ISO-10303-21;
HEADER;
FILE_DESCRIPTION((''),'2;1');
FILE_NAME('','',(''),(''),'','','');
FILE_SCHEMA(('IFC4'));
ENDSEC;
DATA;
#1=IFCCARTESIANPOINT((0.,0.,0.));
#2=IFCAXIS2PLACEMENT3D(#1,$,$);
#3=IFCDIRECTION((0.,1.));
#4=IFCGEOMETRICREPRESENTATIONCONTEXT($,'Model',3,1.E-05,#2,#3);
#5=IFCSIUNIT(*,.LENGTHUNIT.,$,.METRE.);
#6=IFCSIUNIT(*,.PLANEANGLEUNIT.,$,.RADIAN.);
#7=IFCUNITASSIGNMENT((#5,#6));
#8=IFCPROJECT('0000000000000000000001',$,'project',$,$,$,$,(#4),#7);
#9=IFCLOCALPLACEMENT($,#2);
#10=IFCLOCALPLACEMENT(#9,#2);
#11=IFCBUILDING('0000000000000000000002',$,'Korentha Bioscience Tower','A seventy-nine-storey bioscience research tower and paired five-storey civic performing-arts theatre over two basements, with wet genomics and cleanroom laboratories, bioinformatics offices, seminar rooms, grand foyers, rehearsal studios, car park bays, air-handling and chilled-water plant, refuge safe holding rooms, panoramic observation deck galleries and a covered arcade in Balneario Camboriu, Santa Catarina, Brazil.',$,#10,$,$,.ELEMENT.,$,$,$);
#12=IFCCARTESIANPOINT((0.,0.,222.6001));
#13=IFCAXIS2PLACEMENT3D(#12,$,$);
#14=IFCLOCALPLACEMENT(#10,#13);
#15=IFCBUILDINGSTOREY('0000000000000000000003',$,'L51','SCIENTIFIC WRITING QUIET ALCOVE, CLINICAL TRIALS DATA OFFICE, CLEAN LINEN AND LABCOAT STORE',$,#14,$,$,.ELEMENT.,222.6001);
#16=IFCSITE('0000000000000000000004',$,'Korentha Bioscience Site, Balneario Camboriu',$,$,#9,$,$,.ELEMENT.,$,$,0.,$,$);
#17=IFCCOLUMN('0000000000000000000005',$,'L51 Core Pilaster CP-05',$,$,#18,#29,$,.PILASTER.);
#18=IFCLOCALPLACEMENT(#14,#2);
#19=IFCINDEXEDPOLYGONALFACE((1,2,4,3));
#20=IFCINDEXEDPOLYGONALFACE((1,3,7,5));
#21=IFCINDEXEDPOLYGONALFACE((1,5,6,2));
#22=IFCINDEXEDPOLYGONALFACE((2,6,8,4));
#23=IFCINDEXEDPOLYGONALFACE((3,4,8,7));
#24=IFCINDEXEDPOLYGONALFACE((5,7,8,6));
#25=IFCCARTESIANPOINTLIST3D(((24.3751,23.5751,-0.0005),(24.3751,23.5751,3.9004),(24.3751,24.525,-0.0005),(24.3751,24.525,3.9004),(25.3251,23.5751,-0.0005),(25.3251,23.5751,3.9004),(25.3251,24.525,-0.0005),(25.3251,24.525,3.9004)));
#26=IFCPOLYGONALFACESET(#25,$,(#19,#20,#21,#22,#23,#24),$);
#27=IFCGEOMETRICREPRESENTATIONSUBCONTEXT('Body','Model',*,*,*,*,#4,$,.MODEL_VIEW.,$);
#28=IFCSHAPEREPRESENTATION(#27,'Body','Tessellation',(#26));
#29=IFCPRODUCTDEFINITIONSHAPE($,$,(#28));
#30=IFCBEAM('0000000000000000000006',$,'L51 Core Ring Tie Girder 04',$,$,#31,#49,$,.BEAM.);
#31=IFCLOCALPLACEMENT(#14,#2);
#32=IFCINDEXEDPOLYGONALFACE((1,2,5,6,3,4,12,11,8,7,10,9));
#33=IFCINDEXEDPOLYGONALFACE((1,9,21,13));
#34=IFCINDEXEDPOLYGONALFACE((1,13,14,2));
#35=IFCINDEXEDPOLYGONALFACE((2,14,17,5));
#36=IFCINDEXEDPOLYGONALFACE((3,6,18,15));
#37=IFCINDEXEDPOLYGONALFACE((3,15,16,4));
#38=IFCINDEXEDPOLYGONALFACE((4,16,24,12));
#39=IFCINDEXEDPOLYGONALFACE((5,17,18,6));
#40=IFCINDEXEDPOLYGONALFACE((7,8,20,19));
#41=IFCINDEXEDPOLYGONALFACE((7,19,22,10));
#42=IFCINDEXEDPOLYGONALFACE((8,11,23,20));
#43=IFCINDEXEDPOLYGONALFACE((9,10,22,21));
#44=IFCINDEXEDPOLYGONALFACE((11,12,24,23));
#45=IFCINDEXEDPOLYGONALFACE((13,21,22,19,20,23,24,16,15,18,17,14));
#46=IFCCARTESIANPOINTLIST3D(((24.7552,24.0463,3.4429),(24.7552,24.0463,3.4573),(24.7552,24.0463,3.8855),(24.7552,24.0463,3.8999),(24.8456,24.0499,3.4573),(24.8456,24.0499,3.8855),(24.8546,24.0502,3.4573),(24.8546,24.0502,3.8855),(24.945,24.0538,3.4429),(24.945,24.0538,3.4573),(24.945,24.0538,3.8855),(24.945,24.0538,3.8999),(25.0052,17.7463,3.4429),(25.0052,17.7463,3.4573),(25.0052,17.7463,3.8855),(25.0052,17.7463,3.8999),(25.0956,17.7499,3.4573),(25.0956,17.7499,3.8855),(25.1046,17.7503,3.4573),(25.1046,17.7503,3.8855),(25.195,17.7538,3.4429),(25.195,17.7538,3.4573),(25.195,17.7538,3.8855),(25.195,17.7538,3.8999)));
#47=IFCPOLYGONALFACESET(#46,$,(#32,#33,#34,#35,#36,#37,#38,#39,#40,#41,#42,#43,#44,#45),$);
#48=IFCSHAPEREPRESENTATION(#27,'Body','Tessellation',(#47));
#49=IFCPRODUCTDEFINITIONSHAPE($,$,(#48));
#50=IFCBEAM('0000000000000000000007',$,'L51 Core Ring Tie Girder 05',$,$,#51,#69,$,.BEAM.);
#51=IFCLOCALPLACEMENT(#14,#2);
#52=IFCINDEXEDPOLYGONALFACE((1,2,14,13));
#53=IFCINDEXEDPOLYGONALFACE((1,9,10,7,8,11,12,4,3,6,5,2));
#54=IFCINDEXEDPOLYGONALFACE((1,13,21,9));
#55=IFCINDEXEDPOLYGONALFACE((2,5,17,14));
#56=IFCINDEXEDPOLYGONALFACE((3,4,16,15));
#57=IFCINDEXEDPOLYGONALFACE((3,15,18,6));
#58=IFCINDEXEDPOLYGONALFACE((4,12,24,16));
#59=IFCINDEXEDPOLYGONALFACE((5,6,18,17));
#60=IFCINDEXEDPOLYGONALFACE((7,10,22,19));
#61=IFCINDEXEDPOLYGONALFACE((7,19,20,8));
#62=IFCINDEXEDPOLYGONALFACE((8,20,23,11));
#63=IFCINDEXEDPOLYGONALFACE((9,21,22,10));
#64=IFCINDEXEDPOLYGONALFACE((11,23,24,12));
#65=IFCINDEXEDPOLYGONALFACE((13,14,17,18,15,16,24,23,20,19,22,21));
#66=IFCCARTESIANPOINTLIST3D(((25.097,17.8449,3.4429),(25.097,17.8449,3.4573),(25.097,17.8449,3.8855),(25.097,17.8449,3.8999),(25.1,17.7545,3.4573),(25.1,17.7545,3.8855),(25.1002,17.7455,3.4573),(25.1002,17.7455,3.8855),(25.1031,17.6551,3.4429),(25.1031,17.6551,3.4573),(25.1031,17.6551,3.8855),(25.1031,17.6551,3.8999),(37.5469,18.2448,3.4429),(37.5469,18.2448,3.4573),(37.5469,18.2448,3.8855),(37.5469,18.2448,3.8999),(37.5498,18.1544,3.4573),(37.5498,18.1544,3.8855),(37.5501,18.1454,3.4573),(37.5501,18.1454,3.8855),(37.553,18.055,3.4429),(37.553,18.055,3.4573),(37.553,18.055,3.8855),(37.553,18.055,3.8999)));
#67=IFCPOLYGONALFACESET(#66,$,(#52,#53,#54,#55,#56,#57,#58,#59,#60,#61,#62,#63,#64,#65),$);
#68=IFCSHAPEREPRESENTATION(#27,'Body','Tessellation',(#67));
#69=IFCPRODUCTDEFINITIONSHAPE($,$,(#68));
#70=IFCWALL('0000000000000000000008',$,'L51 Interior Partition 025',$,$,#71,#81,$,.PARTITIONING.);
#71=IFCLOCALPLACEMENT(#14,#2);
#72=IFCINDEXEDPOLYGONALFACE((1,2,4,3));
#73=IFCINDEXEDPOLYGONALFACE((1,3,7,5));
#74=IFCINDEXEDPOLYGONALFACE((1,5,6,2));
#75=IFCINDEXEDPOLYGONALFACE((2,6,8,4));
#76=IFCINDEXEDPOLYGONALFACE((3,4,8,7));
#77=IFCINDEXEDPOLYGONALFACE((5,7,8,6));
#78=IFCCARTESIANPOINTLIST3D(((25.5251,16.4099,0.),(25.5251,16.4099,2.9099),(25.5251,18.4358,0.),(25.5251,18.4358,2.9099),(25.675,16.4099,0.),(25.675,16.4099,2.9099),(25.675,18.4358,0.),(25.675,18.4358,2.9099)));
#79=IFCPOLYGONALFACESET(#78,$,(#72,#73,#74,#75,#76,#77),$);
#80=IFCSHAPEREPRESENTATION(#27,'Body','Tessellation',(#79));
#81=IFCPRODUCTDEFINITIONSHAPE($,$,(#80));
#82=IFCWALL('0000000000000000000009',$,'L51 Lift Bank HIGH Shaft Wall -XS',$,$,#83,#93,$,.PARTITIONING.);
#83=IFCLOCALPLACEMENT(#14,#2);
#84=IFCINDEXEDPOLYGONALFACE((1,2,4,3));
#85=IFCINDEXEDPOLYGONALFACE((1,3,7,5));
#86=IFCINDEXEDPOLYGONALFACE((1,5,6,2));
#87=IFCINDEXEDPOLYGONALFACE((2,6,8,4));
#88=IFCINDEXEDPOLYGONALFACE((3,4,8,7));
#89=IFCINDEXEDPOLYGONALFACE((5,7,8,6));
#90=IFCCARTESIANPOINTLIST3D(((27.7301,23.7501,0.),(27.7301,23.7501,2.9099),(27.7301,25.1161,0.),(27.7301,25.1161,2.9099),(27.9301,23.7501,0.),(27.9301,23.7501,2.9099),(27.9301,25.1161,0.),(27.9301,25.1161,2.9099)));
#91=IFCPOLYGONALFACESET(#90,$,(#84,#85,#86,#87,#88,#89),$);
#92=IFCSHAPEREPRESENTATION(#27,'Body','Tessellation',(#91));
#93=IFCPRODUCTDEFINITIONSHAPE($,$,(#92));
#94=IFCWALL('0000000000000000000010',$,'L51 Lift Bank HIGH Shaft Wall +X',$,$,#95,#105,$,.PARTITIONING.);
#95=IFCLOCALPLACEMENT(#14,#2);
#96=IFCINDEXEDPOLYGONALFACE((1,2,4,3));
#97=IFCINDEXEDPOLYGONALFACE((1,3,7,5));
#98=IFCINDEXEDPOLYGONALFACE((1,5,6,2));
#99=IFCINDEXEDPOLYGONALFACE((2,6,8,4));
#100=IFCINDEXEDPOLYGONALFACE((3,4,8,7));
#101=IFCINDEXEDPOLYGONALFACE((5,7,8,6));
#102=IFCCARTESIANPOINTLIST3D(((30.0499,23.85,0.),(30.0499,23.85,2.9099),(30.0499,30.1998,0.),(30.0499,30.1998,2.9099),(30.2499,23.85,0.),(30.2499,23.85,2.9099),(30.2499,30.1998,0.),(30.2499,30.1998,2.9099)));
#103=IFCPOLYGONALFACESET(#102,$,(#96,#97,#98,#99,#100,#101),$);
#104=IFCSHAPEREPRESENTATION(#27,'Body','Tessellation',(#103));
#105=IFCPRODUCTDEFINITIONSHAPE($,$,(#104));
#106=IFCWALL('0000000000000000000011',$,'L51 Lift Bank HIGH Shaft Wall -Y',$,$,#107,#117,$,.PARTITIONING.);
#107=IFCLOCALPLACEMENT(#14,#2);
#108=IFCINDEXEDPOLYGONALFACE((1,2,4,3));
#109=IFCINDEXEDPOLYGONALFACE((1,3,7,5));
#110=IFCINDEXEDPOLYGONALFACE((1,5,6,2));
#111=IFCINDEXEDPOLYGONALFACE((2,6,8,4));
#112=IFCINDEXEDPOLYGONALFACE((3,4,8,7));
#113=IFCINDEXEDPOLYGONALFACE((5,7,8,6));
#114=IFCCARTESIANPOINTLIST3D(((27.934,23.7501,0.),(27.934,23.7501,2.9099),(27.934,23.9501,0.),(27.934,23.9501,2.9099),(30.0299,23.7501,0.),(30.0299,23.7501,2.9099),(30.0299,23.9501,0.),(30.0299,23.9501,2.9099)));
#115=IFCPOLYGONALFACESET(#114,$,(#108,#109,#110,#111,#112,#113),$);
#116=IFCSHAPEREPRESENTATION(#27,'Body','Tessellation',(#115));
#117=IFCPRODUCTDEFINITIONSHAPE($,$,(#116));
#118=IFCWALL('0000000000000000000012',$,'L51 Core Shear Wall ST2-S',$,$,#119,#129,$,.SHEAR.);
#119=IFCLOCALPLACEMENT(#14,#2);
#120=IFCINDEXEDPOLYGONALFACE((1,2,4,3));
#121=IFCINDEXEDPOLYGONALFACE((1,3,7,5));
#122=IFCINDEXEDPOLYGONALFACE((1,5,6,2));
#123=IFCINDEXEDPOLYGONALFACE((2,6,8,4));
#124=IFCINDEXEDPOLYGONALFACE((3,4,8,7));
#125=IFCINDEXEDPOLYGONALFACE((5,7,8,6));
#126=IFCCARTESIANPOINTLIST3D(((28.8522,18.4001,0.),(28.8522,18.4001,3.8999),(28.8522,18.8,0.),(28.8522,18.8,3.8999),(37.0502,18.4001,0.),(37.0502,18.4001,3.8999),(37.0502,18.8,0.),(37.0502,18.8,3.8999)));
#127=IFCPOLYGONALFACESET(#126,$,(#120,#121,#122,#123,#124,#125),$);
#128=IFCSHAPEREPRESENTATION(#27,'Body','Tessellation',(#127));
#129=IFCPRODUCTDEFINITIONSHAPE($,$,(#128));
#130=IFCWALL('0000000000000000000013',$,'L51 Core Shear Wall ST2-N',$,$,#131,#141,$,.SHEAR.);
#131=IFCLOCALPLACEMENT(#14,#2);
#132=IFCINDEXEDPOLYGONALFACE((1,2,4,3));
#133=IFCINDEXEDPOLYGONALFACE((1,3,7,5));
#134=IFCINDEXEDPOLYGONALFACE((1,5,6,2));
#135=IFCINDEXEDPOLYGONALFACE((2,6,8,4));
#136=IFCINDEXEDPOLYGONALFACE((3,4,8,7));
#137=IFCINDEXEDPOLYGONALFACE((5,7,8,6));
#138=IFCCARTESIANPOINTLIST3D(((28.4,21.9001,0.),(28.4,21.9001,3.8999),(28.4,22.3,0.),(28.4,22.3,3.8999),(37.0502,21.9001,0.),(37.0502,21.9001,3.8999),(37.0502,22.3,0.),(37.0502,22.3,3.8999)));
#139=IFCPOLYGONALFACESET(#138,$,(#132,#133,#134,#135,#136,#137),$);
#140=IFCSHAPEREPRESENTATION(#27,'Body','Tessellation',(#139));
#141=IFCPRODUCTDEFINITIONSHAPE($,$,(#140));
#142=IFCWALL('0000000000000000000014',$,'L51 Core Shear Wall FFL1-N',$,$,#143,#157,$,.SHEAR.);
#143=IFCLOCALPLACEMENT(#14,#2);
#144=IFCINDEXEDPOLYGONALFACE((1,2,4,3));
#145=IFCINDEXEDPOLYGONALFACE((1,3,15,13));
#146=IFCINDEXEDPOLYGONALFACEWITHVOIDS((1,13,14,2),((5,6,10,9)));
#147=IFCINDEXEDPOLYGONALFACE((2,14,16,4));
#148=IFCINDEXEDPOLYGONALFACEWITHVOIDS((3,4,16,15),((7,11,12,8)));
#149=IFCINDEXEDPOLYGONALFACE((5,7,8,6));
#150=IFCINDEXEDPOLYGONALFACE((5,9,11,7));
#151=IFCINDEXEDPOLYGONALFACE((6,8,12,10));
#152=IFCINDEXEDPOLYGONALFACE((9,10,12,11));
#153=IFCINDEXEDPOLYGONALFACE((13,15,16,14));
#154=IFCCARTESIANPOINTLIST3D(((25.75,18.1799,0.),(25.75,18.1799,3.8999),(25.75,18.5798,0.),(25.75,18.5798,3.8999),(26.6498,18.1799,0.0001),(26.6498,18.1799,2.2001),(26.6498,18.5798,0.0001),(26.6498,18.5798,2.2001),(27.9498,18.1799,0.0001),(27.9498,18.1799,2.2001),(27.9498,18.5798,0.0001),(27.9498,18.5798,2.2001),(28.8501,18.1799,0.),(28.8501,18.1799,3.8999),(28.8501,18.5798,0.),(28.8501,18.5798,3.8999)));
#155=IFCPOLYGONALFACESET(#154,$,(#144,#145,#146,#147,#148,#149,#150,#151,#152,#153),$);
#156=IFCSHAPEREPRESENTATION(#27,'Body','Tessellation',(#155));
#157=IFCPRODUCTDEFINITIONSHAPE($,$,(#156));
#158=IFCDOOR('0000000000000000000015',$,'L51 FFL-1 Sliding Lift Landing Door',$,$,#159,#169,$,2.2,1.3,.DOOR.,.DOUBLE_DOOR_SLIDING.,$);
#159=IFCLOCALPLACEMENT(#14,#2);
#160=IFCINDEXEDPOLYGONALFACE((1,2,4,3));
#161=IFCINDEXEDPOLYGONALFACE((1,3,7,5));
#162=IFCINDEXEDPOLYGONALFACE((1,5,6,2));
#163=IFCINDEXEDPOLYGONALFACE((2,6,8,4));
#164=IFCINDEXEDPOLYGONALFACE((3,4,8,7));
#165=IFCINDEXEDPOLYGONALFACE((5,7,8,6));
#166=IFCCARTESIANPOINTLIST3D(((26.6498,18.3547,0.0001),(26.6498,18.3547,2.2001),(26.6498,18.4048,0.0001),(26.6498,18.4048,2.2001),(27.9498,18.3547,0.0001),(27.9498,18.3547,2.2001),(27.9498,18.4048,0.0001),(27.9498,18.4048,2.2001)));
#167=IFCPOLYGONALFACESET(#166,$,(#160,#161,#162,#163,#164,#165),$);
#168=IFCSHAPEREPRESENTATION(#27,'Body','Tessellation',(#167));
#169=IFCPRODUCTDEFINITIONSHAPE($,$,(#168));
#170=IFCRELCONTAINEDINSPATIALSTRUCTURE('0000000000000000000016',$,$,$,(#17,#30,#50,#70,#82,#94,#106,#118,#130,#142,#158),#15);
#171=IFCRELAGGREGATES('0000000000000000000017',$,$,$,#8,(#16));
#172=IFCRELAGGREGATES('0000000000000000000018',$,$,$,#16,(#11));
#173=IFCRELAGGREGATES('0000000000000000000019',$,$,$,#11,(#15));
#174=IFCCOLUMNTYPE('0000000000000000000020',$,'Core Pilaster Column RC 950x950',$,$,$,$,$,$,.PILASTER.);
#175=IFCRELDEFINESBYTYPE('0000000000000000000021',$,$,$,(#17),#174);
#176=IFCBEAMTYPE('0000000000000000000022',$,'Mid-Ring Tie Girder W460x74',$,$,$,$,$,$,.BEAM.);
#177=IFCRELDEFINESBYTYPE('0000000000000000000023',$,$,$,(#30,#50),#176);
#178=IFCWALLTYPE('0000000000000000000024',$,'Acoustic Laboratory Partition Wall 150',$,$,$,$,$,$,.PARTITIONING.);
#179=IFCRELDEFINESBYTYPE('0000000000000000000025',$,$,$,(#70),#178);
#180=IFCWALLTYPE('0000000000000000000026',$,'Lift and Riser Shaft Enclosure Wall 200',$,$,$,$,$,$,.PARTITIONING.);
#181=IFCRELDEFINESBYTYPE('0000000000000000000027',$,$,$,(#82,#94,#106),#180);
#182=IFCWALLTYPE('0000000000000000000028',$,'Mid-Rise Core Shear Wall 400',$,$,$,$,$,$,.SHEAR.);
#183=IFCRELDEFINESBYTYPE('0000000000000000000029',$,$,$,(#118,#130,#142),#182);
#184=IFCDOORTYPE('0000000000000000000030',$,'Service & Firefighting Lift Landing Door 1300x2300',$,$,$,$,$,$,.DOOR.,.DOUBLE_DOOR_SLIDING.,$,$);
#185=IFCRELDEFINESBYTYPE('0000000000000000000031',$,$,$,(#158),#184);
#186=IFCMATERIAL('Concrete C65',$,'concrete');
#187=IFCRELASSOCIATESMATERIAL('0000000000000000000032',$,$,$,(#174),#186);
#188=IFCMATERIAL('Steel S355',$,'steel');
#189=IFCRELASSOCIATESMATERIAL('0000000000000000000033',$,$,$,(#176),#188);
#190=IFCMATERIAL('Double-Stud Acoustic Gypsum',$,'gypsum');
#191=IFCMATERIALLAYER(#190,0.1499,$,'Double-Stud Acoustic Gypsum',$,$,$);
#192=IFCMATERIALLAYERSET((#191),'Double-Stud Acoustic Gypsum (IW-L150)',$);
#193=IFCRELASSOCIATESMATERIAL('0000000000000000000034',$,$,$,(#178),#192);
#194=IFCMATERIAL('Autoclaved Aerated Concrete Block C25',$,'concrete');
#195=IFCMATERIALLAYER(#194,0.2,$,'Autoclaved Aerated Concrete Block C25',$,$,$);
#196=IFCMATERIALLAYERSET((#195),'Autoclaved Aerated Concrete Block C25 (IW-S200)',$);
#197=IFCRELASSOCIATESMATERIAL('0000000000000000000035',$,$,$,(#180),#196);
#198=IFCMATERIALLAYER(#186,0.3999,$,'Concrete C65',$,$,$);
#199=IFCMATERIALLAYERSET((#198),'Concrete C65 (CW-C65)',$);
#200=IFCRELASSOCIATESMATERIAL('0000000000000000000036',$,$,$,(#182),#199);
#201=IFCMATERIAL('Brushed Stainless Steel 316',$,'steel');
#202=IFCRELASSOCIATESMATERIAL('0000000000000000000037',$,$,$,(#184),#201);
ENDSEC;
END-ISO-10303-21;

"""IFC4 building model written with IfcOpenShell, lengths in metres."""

from ifc_helpers import new_model, si_unit, direction, frame, frame_2d, origin, origin_2d, place, context, subcontext, project, spatial, rectangle, i_section, extrude, material, layer, layer_set, material_profile, profile_set, type_object, element, fill, save


model = new_model("IFC4")

# Units and contexts
model_context = context("Model", 3, precision=1e-05, world=origin(), true_north=direction((0.0, 1.0)))
body_context = subcontext(model_context, "Body", "Model", "MODEL_VIEW")
ifc_project = project(units=[si_unit("LENGTHUNIT", "METRE"), si_unit("PLANEANGLEUNIT", "RADIAN")], contexts=[model_context])

# Site, building, storey
site_placement = place(None, origin())
site = spatial("IfcSite", under=ifc_project, at=site_placement, Name="Korentha Bioscience Site, Balneario Camboriu", CompositionType="ELEMENT", RefElevation=0.0)
building_placement = place(site_placement, origin())
building = spatial("IfcBuilding", under=site, at=building_placement, Name="Korentha Bioscience Tower", Description="A seventy-nine-storey bioscience research tower and paired five-storey civic performing-arts theatre over two basements, with wet genomics and cleanroom laboratories, bioinformatics offices, seminar rooms, grand foyers, rehearsal studios, car park bays, air-handling and chilled-water plant, refuge safe holding rooms, panoramic observation deck galleries and a covered arcade in Balneario Camboriu, Santa Catarina, Brazil.", CompositionType="ELEMENT")
storey_placement = place(building_placement, frame((0.0, 0.0, 222.6001)))
storey = spatial("IfcBuildingStorey", under=building, at=storey_placement, Name="L51", Description="SCIENTIFIC WRITING QUIET ALCOVE, CLINICAL TRIALS DATA OFFICE, CLEAN LINEN AND LABCOAT STORE", CompositionType="ELEMENT", Elevation=222.6001)

# Column
ifc_material_1 = material(Name="Concrete C65", Category="concrete")
ifc_material_profile_1 = material_profile(ifc_material_1, rectangle(XDim=0.95, YDim=0.95, at=origin_2d()), Name="Concrete C65")
ifc_profile_set_1 = profile_set([ifc_material_profile_1], Name="Concrete C65 (COL-CP09)")
column_type = type_object("IfcColumnType", Name="Core Pilaster Column RC 950x950", PredefinedType="PILASTER", material=ifc_profile_set_1)
column_placement = place(storey_placement, frame((24.8501, 24.05, -0.0005), z_axis=(0.0, 0.0, 1.0), x_axis=(1.0, 0.0, 0.0)))
element("IfcColumn", 1, at=column_placement, inside=storey, type_object=column_type, Name="L51 Core Pilaster CP-05", PredefinedType="PILASTER", context=body_context, shape_type="SweptSolid", body=[
    extrude(rectangle(XDim=0.95, YDim=0.95, at=origin_2d()), origin(), (0.0, 0.0, 1.0), 3.9009),
])

# Beams
ifc_material_2 = material(Name="Steel S355", Category="steel")
ifc_material_profile_2 = material_profile(ifc_material_2, i_section(OverallWidth=0.1899, OverallDepth=0.457, WebThickness=0.009, FlangeThickness=0.0144, at=origin_2d()), Name="Steel S355")
ifc_profile_set_2 = profile_set([ifc_material_profile_2], Name="Steel S355 (MB-460)")
beam_type = type_object("IfcBeamType", Name="Mid-Ring Tie Girder W460x74", PredefinedType="BEAM", material=ifc_profile_set_2)
beam_1_placement = place(storey_placement, frame((24.8501, 24.05, 3.6714), z_axis=(0.039651, -0.999214, 0.0), x_axis=(0.999214, 0.039651, 0.0)))
element("IfcBeam", 2, at=beam_1_placement, inside=storey, type_object=beam_type, Name="L51 Core Ring Tie Girder 04", PredefinedType="BEAM", context=body_context, shape_type="SweptSolid", body=[
    extrude(i_section(OverallWidth=0.1899, OverallDepth=0.457, WebThickness=0.009, FlangeThickness=0.0144, at=origin_2d()), origin(), (0.0, 0.0, 1.0), 6.3049),
])
beam_2_placement = place(storey_placement, frame((25.1001, 17.75, 3.6714), z_axis=(0.999485, 0.032104, 0.0), x_axis=(-0.032104, 0.999485, 0.0)))
element("IfcBeam", 3, at=beam_2_placement, inside=storey, type_object=beam_type, Name="L51 Core Ring Tie Girder 05", PredefinedType="BEAM", context=body_context, shape_type="SweptSolid", body=[
    extrude(i_section(OverallWidth=0.1899, OverallDepth=0.457, WebThickness=0.009, FlangeThickness=0.0144, at=origin_2d()), origin(), (0.0, 0.0, 1.0), 12.4563),
])

# Walls
ifc_material_3 = material(Name="Double-Stud Acoustic Gypsum", Category="gypsum")
ifc_layer_1 = layer(ifc_material_3, 0.1499, Name="Double-Stud Acoustic Gypsum")
ifc_layer_set_1 = layer_set([ifc_layer_1], Name="Double-Stud Acoustic Gypsum (IW-L150)")
wall_type_1 = type_object("IfcWallType", Name="Acoustic Laboratory Partition Wall 150", PredefinedType="PARTITIONING", material=ifc_layer_set_1)
wall_1_placement = place(storey_placement, frame((25.6001, 18.4358, 0.0), z_axis=(0.0, 0.0, 1.0), x_axis=(0.0, -1.0, 0.0)))
element("IfcWall", 4, at=wall_1_placement, inside=storey, type_object=wall_type_1, Name="L51 Interior Partition 025", PredefinedType="PARTITIONING", context=body_context, shape_type="SweptSolid", body=[
    extrude(rectangle(XDim=2.0259, YDim=0.1499, at=frame_2d((1.0129, 0.0))), origin(), (0.0, 0.0, 1.0), 2.9099),
])
ifc_material_4 = material(Name="Autoclaved Aerated Concrete Block C25", Category="concrete")
ifc_layer_2 = layer(ifc_material_4, 0.2, Name="Autoclaved Aerated Concrete Block C25")
ifc_layer_set_2 = layer_set([ifc_layer_2], Name="Autoclaved Aerated Concrete Block C25 (IW-S200)")
wall_type_2 = type_object("IfcWallType", Name="Lift and Riser Shaft Enclosure Wall 200", PredefinedType="PARTITIONING", material=ifc_layer_set_2)
wall_2_placement = place(storey_placement, frame((27.8301, 23.75, 0.0), z_axis=(0.0, 0.0, 1.0), x_axis=(0.0, 1.0, 0.0)))
element("IfcWall", 5, at=wall_2_placement, inside=storey, type_object=wall_type_2, Name="L51 Lift Bank HIGH Shaft Wall -XS", PredefinedType="PARTITIONING", context=body_context, shape_type="SweptSolid", body=[
    extrude(rectangle(XDim=1.366, YDim=0.2, at=frame_2d((0.6831, 0.0))), origin(), (0.0, 0.0, 1.0), 2.9099),
])
wall_3_placement = place(storey_placement, frame((30.1499, 23.8501, 0.0), z_axis=(0.0, 0.0, 1.0), x_axis=(0.0, 1.0, 0.0)))
element("IfcWall", 6, at=wall_3_placement, inside=storey, type_object=wall_type_2, Name="L51 Lift Bank HIGH Shaft Wall +X", PredefinedType="PARTITIONING", context=body_context, shape_type="SweptSolid", body=[
    extrude(rectangle(XDim=6.3499, YDim=0.2, at=frame_2d((3.1748, 0.0))), origin(), (0.0, 0.0, 1.0), 2.9099),
])
wall_4_placement = place(storey_placement, frame((27.9341, 23.8501, 0.0), z_axis=(0.0, 0.0, 1.0), x_axis=(1.0, 0.0, 0.0)))
element("IfcWall", 7, at=wall_4_placement, inside=storey, type_object=wall_type_2, Name="L51 Lift Bank HIGH Shaft Wall -Y", PredefinedType="PARTITIONING", context=body_context, shape_type="SweptSolid", body=[
    extrude(rectangle(XDim=2.0959, YDim=0.2, at=frame_2d((1.0479, 0.0))), origin(), (0.0, 0.0, 1.0), 2.9099),
])
ifc_layer_3 = layer(ifc_material_1, 0.3999, Name="Concrete C65")
ifc_layer_set_3 = layer_set([ifc_layer_3], Name="Concrete C65 (CW-C65)")
wall_type_3 = type_object("IfcWallType", Name="Mid-Rise Core Shear Wall 400", PredefinedType="SHEAR", material=ifc_layer_set_3)
wall_5_placement = place(storey_placement, frame((28.8521, 18.6001, 0.0), z_axis=(0.0, 0.0, 1.0), x_axis=(1.0, 0.0, 0.0)))
element("IfcWall", 8, at=wall_5_placement, inside=storey, type_object=wall_type_3, Name="L51 Core Shear Wall ST2-S", PredefinedType="SHEAR", context=body_context, shape_type="SweptSolid", body=[
    extrude(rectangle(XDim=8.198, YDim=0.3999, at=frame_2d((4.0991, 0.0))), origin(), (0.0, 0.0, 1.0), 3.8999),
])
wall_6_placement = place(storey_placement, frame((28.3999, 22.1001, 0.0), z_axis=(0.0, 0.0, 1.0), x_axis=(1.0, 0.0, 0.0)))
element("IfcWall", 9, at=wall_6_placement, inside=storey, type_object=wall_type_3, Name="L51 Core Shear Wall ST2-N", PredefinedType="SHEAR", context=body_context, shape_type="SweptSolid", body=[
    extrude(rectangle(XDim=8.6501, YDim=0.3999, at=frame_2d((4.3252, 0.0))), origin(), (0.0, 0.0, 1.0), 3.8999),
])

# Wall, opening, door
wall_7_placement = place(storey_placement, frame((25.75, 18.3799, 0.0), z_axis=(0.0, 0.0, 1.0), x_axis=(1.0, 0.0, 0.0)))
wall_7 = element("IfcWall", 10, at=wall_7_placement, inside=storey, type_object=wall_type_3, Name="L51 Core Shear Wall FFL1-N", PredefinedType="SHEAR", context=body_context, shape_type="SweptSolid", body=[
    extrude(rectangle(XDim=3.1001, YDim=0.3999, at=frame_2d((1.55, 0.0))), origin(), (0.0, 0.0, 1.0), 3.8999),
])
opening_1_placement = place(wall_7_placement, frame((0.8999, 0.0, 0.0)))
opening_1 = element("IfcOpeningElement", 11, at=opening_1_placement, cuts=wall_7, PredefinedType="OPENING", context=body_context, shape_type="SweptSolid", body=[
    extrude(rectangle(XDim=1.3, YDim=2.2, at=frame_2d((0.6499, 1.1001))), frame((0.0, 0.2148, 0.0), z_axis=(0.0, -1.0, 0.0), x_axis=(1.0, 0.0, 0.0)), (0.0, 0.0, 1.0), 0.4297),
])
ifc_material_5 = material(Name="Brushed Stainless Steel 316", Category="steel")
door_type_1 = type_object("IfcDoorType", Name="Service & Firefighting Lift Landing Door 1300x2300", OperationType="DOUBLE_DOOR_SLIDING", PredefinedType="DOOR", material=ifc_material_5)
door_1_placement = place(opening_1_placement, origin())
door_1 = element("IfcDoor", 12, at=door_1_placement, inside=storey, type_object=door_type_1, Name="L51 FFL-1 Sliding Lift Landing Door", OperationType="DOUBLE_DOOR_SLIDING", OverallHeight=2.2, OverallWidth=1.3, PredefinedType="DOOR", context=body_context, shape_type="SweptSolid", body=[
    extrude(rectangle(XDim=1.3, YDim=2.2, at=frame_2d((0.6499, 1.1001))), frame((0.0, 0.0249, 0.0), z_axis=(0.0, -1.0, 0.0), x_axis=(1.0, 0.0, 0.0)), (0.0, 0.0, 1.0), 0.05),
])
fill(opening_1, door_1)

save(model, "model.ifc")
